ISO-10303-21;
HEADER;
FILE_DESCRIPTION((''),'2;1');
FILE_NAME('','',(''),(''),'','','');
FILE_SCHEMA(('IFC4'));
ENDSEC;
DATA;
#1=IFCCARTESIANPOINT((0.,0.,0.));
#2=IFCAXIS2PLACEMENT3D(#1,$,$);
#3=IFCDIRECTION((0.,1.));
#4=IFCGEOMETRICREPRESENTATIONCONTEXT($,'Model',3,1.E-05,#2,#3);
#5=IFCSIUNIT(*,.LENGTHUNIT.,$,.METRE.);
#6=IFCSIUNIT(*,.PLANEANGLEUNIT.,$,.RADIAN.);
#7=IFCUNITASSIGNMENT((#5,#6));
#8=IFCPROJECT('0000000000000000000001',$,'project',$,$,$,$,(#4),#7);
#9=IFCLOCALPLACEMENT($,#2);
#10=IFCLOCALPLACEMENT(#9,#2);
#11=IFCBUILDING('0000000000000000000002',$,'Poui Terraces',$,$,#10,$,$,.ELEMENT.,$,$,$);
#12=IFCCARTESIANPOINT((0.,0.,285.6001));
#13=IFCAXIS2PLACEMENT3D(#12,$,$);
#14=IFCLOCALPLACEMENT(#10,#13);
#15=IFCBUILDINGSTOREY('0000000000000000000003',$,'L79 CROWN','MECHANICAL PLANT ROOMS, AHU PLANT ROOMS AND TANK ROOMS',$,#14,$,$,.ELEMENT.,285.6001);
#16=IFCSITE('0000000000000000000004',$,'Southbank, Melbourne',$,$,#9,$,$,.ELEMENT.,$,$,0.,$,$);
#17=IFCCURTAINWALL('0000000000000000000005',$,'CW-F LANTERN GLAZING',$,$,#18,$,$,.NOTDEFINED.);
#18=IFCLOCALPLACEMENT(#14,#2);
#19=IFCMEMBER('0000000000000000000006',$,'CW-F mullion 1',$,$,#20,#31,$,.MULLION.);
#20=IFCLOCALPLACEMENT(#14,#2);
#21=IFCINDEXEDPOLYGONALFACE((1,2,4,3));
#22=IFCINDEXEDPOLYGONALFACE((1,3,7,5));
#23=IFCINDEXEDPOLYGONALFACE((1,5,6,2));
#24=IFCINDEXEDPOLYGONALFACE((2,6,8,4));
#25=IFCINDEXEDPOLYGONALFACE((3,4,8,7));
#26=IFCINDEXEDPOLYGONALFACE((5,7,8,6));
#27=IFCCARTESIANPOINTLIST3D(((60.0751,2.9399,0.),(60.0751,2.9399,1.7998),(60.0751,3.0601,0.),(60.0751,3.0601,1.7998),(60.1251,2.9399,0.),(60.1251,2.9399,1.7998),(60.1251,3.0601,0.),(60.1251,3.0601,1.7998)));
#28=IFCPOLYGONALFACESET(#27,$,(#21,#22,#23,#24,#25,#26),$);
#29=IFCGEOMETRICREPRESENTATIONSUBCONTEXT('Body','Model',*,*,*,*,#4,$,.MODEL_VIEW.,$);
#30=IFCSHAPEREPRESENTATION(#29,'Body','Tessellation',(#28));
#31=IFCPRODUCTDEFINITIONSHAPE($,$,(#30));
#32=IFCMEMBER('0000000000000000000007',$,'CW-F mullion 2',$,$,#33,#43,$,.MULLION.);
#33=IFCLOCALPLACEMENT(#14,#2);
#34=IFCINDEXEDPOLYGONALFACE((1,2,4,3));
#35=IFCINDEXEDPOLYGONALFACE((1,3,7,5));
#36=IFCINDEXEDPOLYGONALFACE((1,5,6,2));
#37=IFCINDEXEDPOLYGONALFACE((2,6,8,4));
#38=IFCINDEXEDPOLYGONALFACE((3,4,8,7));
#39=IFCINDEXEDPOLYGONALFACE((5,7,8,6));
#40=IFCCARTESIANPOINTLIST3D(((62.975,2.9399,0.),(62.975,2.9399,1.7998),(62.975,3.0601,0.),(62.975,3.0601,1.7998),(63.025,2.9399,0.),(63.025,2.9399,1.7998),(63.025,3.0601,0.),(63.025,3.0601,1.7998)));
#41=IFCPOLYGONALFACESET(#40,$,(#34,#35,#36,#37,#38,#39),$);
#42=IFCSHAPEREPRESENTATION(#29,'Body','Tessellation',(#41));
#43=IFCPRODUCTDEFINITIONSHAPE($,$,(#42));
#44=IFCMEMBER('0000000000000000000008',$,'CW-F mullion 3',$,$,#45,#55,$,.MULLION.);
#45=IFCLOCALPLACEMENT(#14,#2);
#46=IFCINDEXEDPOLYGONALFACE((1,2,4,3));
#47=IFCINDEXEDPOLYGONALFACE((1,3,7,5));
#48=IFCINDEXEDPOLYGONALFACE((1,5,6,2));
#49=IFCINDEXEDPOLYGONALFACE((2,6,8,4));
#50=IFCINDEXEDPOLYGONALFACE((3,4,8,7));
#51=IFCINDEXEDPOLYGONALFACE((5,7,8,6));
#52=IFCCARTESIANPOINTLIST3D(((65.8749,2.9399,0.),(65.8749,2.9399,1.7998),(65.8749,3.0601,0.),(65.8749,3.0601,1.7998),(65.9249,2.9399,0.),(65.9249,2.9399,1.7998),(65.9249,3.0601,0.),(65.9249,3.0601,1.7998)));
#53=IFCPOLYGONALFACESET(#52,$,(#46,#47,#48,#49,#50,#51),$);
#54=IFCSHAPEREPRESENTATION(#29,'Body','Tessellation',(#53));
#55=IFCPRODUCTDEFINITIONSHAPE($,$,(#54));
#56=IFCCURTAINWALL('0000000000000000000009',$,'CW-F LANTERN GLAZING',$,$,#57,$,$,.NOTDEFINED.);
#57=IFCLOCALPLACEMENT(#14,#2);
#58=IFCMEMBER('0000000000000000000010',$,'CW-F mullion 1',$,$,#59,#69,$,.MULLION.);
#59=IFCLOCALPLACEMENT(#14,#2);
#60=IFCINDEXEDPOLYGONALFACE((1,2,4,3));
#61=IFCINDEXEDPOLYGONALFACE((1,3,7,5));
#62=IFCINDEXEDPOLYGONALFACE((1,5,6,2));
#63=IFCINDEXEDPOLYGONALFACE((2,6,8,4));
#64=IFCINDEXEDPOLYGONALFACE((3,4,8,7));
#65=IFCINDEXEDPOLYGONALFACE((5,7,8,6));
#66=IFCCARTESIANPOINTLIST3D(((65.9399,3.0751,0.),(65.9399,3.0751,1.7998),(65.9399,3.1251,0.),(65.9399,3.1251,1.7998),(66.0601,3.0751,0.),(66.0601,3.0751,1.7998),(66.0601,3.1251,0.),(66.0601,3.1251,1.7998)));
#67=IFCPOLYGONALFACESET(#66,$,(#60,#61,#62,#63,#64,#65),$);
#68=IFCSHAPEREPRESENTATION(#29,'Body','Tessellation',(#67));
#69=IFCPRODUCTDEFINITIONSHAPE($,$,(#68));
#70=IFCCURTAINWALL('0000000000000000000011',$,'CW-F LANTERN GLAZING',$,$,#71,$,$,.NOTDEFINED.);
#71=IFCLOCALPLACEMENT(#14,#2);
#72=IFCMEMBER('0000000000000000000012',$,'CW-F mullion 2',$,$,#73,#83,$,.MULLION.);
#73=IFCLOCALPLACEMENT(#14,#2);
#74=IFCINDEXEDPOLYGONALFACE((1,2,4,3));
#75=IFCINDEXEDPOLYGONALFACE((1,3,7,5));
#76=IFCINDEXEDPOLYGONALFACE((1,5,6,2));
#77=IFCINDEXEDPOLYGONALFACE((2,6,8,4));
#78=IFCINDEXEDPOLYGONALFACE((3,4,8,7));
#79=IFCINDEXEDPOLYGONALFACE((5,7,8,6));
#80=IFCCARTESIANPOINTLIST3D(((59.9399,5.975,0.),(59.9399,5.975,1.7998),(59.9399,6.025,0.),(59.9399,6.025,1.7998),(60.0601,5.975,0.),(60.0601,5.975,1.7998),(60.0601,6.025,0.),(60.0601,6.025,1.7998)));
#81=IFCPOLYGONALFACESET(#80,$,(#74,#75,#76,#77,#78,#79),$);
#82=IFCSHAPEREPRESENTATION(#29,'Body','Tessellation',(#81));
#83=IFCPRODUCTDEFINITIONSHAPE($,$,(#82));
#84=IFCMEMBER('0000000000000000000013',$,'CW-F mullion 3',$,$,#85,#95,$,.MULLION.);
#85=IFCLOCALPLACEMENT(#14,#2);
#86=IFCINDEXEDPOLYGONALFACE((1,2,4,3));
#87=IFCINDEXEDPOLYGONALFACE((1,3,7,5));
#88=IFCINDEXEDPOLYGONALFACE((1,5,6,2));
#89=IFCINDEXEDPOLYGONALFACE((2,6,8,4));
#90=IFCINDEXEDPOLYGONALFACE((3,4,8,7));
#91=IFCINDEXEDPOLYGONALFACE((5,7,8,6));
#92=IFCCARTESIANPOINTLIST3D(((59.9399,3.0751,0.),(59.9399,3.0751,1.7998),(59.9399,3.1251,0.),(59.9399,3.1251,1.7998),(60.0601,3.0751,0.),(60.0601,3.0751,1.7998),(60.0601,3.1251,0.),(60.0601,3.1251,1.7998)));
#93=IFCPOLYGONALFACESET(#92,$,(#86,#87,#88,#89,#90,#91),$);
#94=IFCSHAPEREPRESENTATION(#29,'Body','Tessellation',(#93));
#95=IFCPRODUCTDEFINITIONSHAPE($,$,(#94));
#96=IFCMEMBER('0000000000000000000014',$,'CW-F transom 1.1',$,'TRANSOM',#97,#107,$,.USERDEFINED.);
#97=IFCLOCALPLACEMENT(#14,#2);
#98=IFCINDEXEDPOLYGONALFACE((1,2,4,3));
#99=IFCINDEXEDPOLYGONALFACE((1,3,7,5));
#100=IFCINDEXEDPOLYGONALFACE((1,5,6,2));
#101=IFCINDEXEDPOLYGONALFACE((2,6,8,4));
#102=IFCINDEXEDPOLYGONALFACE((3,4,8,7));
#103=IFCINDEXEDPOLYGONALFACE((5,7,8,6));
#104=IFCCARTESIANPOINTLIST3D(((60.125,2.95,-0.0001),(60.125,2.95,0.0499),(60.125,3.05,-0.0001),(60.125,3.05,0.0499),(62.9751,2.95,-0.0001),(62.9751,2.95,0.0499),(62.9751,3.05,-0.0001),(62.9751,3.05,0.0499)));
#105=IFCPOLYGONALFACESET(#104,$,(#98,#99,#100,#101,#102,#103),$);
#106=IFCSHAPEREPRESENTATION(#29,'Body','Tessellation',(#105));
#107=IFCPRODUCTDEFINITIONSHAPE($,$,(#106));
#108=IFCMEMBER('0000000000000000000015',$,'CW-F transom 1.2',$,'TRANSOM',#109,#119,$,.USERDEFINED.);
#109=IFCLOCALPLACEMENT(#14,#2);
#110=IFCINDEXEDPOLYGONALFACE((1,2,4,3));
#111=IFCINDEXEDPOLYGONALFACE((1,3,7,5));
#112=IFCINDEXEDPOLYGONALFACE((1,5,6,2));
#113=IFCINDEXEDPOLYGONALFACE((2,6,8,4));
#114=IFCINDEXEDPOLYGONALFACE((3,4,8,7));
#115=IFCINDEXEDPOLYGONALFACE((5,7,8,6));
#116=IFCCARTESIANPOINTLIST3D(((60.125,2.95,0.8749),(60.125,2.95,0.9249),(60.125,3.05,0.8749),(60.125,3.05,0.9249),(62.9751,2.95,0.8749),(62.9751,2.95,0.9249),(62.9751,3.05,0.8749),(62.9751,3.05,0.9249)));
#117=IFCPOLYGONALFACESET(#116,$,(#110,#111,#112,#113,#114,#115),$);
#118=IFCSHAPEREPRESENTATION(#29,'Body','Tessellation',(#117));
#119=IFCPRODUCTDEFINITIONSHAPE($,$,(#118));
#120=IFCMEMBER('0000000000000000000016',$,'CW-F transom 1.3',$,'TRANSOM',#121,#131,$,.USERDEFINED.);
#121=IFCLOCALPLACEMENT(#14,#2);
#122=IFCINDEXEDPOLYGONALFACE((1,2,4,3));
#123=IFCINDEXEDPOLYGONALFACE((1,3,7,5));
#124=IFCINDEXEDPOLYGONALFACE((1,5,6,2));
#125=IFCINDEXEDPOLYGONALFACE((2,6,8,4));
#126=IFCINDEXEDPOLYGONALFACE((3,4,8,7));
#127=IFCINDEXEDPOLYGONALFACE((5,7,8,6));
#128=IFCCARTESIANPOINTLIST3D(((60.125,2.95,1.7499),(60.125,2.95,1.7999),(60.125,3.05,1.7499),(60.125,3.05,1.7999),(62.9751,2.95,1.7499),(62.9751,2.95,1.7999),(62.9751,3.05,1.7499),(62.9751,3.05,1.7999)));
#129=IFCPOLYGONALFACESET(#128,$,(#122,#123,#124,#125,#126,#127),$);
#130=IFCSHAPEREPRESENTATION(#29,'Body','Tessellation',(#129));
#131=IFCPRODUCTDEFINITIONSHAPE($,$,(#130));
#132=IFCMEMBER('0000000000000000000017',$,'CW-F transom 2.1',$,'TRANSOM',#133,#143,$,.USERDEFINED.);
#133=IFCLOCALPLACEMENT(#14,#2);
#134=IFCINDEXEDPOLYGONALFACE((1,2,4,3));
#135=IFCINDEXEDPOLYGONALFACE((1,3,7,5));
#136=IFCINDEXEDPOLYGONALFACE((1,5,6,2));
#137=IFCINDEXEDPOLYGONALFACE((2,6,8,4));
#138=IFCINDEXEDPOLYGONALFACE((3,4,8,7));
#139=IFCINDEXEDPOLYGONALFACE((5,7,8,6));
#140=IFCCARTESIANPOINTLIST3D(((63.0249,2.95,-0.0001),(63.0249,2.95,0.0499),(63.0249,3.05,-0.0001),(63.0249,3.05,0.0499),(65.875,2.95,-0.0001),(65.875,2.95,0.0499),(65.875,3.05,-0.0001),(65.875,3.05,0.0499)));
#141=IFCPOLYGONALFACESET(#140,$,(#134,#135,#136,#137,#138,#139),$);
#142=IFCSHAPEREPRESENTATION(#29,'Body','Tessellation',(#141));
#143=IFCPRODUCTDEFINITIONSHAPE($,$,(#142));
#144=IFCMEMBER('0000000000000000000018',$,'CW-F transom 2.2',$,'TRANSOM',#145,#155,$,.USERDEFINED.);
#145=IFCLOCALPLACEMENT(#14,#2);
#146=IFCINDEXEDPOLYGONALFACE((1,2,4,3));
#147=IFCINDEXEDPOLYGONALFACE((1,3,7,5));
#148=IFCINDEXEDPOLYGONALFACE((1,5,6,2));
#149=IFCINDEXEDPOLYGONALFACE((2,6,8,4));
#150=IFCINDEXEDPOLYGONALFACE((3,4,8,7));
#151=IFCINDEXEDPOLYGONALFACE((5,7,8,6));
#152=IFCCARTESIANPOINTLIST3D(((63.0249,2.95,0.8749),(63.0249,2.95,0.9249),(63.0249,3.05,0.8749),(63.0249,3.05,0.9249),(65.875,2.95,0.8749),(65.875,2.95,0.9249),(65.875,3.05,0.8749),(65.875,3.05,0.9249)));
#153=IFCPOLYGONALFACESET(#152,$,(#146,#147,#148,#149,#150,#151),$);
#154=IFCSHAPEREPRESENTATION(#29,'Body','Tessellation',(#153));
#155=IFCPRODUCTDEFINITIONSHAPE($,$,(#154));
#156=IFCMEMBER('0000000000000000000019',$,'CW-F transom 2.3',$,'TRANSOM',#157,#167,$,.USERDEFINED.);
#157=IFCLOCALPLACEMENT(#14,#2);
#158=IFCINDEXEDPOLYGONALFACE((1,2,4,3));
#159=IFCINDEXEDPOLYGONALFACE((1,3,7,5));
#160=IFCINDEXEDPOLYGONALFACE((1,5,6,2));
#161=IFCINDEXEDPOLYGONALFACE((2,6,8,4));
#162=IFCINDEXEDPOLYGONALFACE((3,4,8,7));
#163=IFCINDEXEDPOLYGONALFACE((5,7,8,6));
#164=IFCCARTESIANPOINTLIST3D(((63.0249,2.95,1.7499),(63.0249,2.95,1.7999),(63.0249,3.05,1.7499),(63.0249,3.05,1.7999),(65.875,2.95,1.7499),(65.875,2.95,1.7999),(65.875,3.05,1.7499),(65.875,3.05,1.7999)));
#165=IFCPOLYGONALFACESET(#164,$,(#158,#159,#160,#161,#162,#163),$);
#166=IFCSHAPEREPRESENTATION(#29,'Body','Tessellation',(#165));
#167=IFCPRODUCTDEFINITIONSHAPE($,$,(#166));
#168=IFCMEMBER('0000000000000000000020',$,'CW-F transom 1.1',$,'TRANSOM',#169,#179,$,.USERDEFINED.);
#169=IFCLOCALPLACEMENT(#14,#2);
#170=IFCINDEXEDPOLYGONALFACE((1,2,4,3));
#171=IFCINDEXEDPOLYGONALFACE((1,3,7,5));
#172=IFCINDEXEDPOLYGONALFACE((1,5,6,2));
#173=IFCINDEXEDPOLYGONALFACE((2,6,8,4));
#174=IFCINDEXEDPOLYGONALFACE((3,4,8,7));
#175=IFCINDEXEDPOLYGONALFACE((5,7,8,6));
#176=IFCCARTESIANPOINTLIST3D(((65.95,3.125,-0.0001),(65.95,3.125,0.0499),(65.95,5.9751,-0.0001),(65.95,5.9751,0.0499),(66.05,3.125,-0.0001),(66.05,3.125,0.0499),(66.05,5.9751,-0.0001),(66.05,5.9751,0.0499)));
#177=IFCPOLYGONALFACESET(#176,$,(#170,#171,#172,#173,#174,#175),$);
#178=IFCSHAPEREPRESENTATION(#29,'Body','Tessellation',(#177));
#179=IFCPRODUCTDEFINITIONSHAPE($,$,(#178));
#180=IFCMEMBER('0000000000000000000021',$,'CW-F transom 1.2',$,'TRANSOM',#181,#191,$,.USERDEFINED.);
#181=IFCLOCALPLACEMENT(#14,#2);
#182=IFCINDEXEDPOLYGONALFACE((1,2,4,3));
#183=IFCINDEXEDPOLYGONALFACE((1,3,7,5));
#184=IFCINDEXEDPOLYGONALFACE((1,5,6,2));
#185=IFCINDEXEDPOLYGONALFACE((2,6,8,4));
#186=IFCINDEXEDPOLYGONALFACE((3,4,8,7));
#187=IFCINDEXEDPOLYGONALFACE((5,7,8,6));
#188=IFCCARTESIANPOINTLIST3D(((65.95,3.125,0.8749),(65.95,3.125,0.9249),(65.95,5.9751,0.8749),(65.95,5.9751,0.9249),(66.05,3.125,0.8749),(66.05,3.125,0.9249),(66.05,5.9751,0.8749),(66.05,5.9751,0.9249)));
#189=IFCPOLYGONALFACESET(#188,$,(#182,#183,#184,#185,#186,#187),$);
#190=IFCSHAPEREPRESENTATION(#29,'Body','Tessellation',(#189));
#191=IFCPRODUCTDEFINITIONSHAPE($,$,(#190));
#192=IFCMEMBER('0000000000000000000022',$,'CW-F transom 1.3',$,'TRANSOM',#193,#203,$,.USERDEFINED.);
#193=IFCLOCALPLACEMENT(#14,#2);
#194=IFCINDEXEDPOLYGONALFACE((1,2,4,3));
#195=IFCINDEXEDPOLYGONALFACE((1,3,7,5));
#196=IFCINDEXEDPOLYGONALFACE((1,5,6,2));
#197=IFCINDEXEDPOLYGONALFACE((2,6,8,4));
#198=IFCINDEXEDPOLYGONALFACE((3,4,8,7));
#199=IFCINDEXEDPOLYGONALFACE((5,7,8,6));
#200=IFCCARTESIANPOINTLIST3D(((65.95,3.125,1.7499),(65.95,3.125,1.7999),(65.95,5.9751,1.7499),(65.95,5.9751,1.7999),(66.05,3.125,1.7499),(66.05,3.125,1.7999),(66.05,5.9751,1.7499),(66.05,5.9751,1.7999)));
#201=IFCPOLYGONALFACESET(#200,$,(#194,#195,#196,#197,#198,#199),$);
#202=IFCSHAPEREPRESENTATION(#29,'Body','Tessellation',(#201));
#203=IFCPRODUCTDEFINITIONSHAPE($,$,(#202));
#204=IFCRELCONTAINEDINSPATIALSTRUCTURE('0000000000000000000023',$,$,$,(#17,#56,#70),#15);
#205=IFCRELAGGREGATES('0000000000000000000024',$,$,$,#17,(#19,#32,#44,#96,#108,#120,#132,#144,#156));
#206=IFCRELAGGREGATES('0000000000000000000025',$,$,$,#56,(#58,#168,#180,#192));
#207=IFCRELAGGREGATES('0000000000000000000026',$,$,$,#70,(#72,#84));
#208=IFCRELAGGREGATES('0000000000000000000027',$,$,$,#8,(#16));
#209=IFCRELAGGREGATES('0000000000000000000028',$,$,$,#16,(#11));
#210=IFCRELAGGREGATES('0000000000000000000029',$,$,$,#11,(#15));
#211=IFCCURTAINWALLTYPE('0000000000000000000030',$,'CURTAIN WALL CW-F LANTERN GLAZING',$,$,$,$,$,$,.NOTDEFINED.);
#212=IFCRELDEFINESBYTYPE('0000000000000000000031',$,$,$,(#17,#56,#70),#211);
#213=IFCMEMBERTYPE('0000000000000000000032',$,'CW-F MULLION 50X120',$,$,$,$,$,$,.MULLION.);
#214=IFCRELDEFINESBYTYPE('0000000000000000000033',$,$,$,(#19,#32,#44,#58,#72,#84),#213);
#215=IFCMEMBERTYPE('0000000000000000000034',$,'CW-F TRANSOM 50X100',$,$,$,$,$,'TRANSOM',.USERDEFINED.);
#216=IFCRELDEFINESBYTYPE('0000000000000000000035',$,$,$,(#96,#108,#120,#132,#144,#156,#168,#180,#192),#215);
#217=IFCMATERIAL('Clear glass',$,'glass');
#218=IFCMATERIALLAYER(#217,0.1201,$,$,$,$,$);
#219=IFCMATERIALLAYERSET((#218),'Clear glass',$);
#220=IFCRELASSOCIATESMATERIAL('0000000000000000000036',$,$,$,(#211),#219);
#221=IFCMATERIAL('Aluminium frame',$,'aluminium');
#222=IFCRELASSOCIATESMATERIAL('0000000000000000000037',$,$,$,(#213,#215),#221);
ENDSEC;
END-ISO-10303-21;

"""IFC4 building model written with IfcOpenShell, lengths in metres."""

from ifc_helpers import new_model, si_unit, direction, frame, origin, origin_2d, place, context, subcontext, project, spatial, rectangle, extrude, material, layer, layer_set, material_profile, profile_set, type_object, element, aggregate, save


model = new_model("IFC4")

# Units and contexts
model_context = context("Model", 3, precision=1e-05, world=origin(), true_north=direction((0.0, 1.0)))
body_context = subcontext(model_context, "Body", "Model", "MODEL_VIEW")
ifc_project = project(units=[si_unit("LENGTHUNIT", "METRE"), si_unit("PLANEANGLEUNIT", "RADIAN")], contexts=[model_context])

# Site, building, storey
site_placement = place(None, origin())
site = spatial("IfcSite", under=ifc_project, at=site_placement, Name="Southbank, Melbourne", CompositionType="ELEMENT", RefElevation=0.0)
building_placement = place(site_placement, origin())
building = spatial("IfcBuilding", under=site, at=building_placement, Name="Poui Terraces", CompositionType="ELEMENT")
storey_placement = place(building_placement, frame((0.0, 0.0, 285.6001)))
storey = spatial("IfcBuildingStorey", under=building, at=storey_placement, Name="L79 CROWN", Description="MECHANICAL PLANT ROOMS, AHU PLANT ROOMS AND TANK ROOMS", CompositionType="ELEMENT", Elevation=285.6001)

# Curtain wall, members
ifc_material_1 = material(Name="Clear glass", Category="glass")
ifc_layer_1 = layer(ifc_material_1, 0.1201)
ifc_layer_set_1 = layer_set([ifc_layer_1], Name="Clear glass")
curtain_wall_type = type_object("IfcCurtainWallType", Name="CURTAIN WALL CW-F LANTERN GLAZING", PredefinedType="NOTDEFINED", material=ifc_layer_set_1)
curtain_wall_1_placement = place(storey_placement, origin())
curtain_wall_1 = element("IfcCurtainWall", 1, at=curtain_wall_1_placement, inside=storey, type_object=curtain_wall_type, Name="CW-F LANTERN GLAZING", PredefinedType="NOTDEFINED")
ifc_material_2 = material(Name="Aluminium frame", Category="aluminium")
ifc_material_profile_1 = material_profile(ifc_material_2, rectangle(XDim=0.1201, YDim=0.05, at=origin_2d()), Name="CW-F MULLION 50X120")
ifc_profile_set_1 = profile_set([ifc_material_profile_1], Name="Aluminium frame")
member_type_1 = type_object("IfcMemberType", Name="CW-F MULLION 50X120", PredefinedType="MULLION", material=ifc_profile_set_1)
member_1_placement = place(storey_placement, frame((60.1001, 3.0, 0.0), z_axis=(0.0, 0.0, 1.0), x_axis=(0.0, 1.0, 0.0)))
member_1 = element("IfcMember", 2, at=member_1_placement, type_object=member_type_1, Name="CW-F mullion 1", PredefinedType="MULLION", context=body_context, shape_type="SweptSolid", body=[
    extrude(rectangle(XDim=0.1201, YDim=0.05, at=origin_2d()), origin(), (0.0, 0.0, 1.0), 1.7998),
])
member_2_placement = place(storey_placement, frame((63.0, 3.0, 0.0), z_axis=(0.0, 0.0, 1.0), x_axis=(0.0, 1.0, 0.0)))
member_2 = element("IfcMember", 3, at=member_2_placement, type_object=member_type_1, Name="CW-F mullion 2", PredefinedType="MULLION", context=body_context, shape_type="SweptSolid", body=[
    extrude(rectangle(XDim=0.1201, YDim=0.05, at=origin_2d()), origin(), (0.0, 0.0, 1.0), 1.7998),
])
member_3_placement = place(storey_placement, frame((65.8999, 3.0, 0.0), z_axis=(0.0, 0.0, 1.0), x_axis=(0.0, 1.0, 0.0)))
member_3 = element("IfcMember", 4, at=member_3_placement, type_object=member_type_1, Name="CW-F mullion 3", PredefinedType="MULLION", context=body_context, shape_type="SweptSolid", body=[
    extrude(rectangle(XDim=0.1201, YDim=0.05, at=origin_2d()), origin(), (0.0, 0.0, 1.0), 1.7998),
])

# Curtain wall, member
curtain_wall_2_placement = place(storey_placement, origin())
curtain_wall_2 = element("IfcCurtainWall", 5, at=curtain_wall_2_placement, inside=storey, type_object=curtain_wall_type, Name="CW-F LANTERN GLAZING", PredefinedType="NOTDEFINED")
member_4_placement = place(storey_placement, frame((66.0, 3.1001, 0.0), z_axis=(0.0, 0.0, 1.0), x_axis=(-1.0, 0.0, 0.0)))
member_4 = element("IfcMember", 6, at=member_4_placement, type_object=member_type_1, Name="CW-F mullion 1", PredefinedType="MULLION", context=body_context, shape_type="SweptSolid", body=[
    extrude(rectangle(XDim=0.1201, YDim=0.05, at=origin_2d()), origin(), (0.0, 0.0, 1.0), 1.7998),
])

# Curtain wall, members
curtain_wall_3_placement = place(storey_placement, origin())
curtain_wall_3 = element("IfcCurtainWall", 7, at=curtain_wall_3_placement, inside=storey, type_object=curtain_wall_type, Name="CW-F LANTERN GLAZING", PredefinedType="NOTDEFINED")
member_5_placement = place(storey_placement, frame((60.0, 6.0, 0.0), z_axis=(0.0, 0.0, 1.0), x_axis=(1.0, 0.0, 0.0)))
member_5 = element("IfcMember", 8, at=member_5_placement, type_object=member_type_1, Name="CW-F mullion 2", PredefinedType="MULLION", context=body_context, shape_type="SweptSolid", body=[
    extrude(rectangle(XDim=0.1201, YDim=0.05, at=origin_2d()), origin(), (0.0, 0.0, 1.0), 1.7998),
])
member_6_placement = place(storey_placement, frame((60.0, 3.1001, 0.0), z_axis=(0.0, 0.0, 1.0), x_axis=(1.0, 0.0, 0.0)))
member_6 = element("IfcMember", 9, at=member_6_placement, type_object=member_type_1, Name="CW-F mullion 3", PredefinedType="MULLION", context=body_context, shape_type="SweptSolid", body=[
    extrude(rectangle(XDim=0.1201, YDim=0.05, at=origin_2d()), origin(), (0.0, 0.0, 1.0), 1.7998),
])

# Members
ifc_material_profile_2 = material_profile(ifc_material_2, rectangle(XDim=0.1001, YDim=0.05, at=origin_2d()), Name="CW-F TRANSOM 50X100")
ifc_profile_set_2 = profile_set([ifc_material_profile_2], Name="Aluminium frame")
member_type_2 = type_object("IfcMemberType", Name="CW-F TRANSOM 50X100", ElementType="TRANSOM", PredefinedType="USERDEFINED", material=ifc_profile_set_2)
member_7_placement = place(storey_placement, frame((60.125, 3.0, 0.0249), z_axis=(1.0, 0.0, 0.0), x_axis=(0.0, 1.0, 0.0)))
member_7 = element("IfcMember", 10, at=member_7_placement, type_object=member_type_2, Name="CW-F transom 1.1", ObjectType="TRANSOM", PredefinedType="USERDEFINED", context=body_context, shape_type="SweptSolid", body=[
    extrude(rectangle(XDim=0.1001, YDim=0.05, at=origin_2d()), origin(), (0.0, 0.0, 1.0), 2.8501),
])
member_8_placement = place(storey_placement, frame((60.125, 3.0, 0.8999), z_axis=(1.0, 0.0, 0.0), x_axis=(0.0, 1.0, 0.0)))
member_8 = element("IfcMember", 11, at=member_8_placement, type_object=member_type_2, Name="CW-F transom 1.2", ObjectType="TRANSOM", PredefinedType="USERDEFINED", context=body_context, shape_type="SweptSolid", body=[
    extrude(rectangle(XDim=0.1001, YDim=0.05, at=origin_2d()), origin(), (0.0, 0.0, 1.0), 2.8501),
])
member_9_placement = place(storey_placement, frame((60.125, 3.0, 1.7749), z_axis=(1.0, 0.0, 0.0), x_axis=(0.0, 1.0, 0.0)))
member_9 = element("IfcMember", 12, at=member_9_placement, type_object=member_type_2, Name="CW-F transom 1.3", ObjectType="TRANSOM", PredefinedType="USERDEFINED", context=body_context, shape_type="SweptSolid", body=[
    extrude(rectangle(XDim=0.1001, YDim=0.05, at=origin_2d()), origin(), (0.0, 0.0, 1.0), 2.8501),
])
member_10_placement = place(storey_placement, frame((63.0249, 3.0, 0.0249), z_axis=(1.0, 0.0, 0.0), x_axis=(0.0, 1.0, 0.0)))
member_10 = element("IfcMember", 13, at=member_10_placement, type_object=member_type_2, Name="CW-F transom 2.1", ObjectType="TRANSOM", PredefinedType="USERDEFINED", context=body_context, shape_type="SweptSolid", body=[
    extrude(rectangle(XDim=0.1001, YDim=0.05, at=origin_2d()), origin(), (0.0, 0.0, 1.0), 2.8501),
])
member_11_placement = place(storey_placement, frame((63.0249, 3.0, 0.8999), z_axis=(1.0, 0.0, 0.0), x_axis=(0.0, 1.0, 0.0)))
member_11 = element("IfcMember", 14, at=member_11_placement, type_object=member_type_2, Name="CW-F transom 2.2", ObjectType="TRANSOM", PredefinedType="USERDEFINED", context=body_context, shape_type="SweptSolid", body=[
    extrude(rectangle(XDim=0.1001, YDim=0.05, at=origin_2d()), origin(), (0.0, 0.0, 1.0), 2.8501),
])
member_12_placement = place(storey_placement, frame((63.0249, 3.0, 1.7749), z_axis=(1.0, 0.0, 0.0), x_axis=(0.0, 1.0, 0.0)))
member_12 = element("IfcMember", 15, at=member_12_placement, type_object=member_type_2, Name="CW-F transom 2.3", ObjectType="TRANSOM", PredefinedType="USERDEFINED", context=body_context, shape_type="SweptSolid", body=[
    extrude(rectangle(XDim=0.1001, YDim=0.05, at=origin_2d()), origin(), (0.0, 0.0, 1.0), 2.8501),
])
member_13_placement = place(storey_placement, frame((66.0, 3.125, 0.0249), z_axis=(0.0, 1.0, 0.0), x_axis=(-1.0, 0.0, 0.0)))
member_13 = element("IfcMember", 16, at=member_13_placement, type_object=member_type_2, Name="CW-F transom 1.1", ObjectType="TRANSOM", PredefinedType="USERDEFINED", context=body_context, shape_type="SweptSolid", body=[
    extrude(rectangle(XDim=0.1001, YDim=0.05, at=origin_2d()), origin(), (0.0, 0.0, 1.0), 2.8501),
])
member_14_placement = place(storey_placement, frame((66.0, 3.125, 0.8999), z_axis=(0.0, 1.0, 0.0), x_axis=(-1.0, 0.0, 0.0)))
member_14 = element("IfcMember", 17, at=member_14_placement, type_object=member_type_2, Name="CW-F transom 1.2", ObjectType="TRANSOM", PredefinedType="USERDEFINED", context=body_context, shape_type="SweptSolid", body=[
    extrude(rectangle(XDim=0.1001, YDim=0.05, at=origin_2d()), origin(), (0.0, 0.0, 1.0), 2.8501),
])
member_15_placement = place(storey_placement, frame((66.0, 3.125, 1.7749), z_axis=(0.0, 1.0, 0.0), x_axis=(-1.0, 0.0, 0.0)))
member_15 = element("IfcMember", 18, at=member_15_placement, type_object=member_type_2, Name="CW-F transom 1.3", ObjectType="TRANSOM", PredefinedType="USERDEFINED", context=body_context, shape_type="SweptSolid", body=[
    extrude(rectangle(XDim=0.1001, YDim=0.05, at=origin_2d()), origin(), (0.0, 0.0, 1.0), 2.8501),
])

aggregate(curtain_wall_1, [member_1, member_2, member_3, member_7, member_8, member_9, member_10, member_11, member_12])
aggregate(curtain_wall_2, [member_4, member_13, member_14, member_15])
aggregate(curtain_wall_3, [member_5, member_6])

save(model, "model.ifc")
